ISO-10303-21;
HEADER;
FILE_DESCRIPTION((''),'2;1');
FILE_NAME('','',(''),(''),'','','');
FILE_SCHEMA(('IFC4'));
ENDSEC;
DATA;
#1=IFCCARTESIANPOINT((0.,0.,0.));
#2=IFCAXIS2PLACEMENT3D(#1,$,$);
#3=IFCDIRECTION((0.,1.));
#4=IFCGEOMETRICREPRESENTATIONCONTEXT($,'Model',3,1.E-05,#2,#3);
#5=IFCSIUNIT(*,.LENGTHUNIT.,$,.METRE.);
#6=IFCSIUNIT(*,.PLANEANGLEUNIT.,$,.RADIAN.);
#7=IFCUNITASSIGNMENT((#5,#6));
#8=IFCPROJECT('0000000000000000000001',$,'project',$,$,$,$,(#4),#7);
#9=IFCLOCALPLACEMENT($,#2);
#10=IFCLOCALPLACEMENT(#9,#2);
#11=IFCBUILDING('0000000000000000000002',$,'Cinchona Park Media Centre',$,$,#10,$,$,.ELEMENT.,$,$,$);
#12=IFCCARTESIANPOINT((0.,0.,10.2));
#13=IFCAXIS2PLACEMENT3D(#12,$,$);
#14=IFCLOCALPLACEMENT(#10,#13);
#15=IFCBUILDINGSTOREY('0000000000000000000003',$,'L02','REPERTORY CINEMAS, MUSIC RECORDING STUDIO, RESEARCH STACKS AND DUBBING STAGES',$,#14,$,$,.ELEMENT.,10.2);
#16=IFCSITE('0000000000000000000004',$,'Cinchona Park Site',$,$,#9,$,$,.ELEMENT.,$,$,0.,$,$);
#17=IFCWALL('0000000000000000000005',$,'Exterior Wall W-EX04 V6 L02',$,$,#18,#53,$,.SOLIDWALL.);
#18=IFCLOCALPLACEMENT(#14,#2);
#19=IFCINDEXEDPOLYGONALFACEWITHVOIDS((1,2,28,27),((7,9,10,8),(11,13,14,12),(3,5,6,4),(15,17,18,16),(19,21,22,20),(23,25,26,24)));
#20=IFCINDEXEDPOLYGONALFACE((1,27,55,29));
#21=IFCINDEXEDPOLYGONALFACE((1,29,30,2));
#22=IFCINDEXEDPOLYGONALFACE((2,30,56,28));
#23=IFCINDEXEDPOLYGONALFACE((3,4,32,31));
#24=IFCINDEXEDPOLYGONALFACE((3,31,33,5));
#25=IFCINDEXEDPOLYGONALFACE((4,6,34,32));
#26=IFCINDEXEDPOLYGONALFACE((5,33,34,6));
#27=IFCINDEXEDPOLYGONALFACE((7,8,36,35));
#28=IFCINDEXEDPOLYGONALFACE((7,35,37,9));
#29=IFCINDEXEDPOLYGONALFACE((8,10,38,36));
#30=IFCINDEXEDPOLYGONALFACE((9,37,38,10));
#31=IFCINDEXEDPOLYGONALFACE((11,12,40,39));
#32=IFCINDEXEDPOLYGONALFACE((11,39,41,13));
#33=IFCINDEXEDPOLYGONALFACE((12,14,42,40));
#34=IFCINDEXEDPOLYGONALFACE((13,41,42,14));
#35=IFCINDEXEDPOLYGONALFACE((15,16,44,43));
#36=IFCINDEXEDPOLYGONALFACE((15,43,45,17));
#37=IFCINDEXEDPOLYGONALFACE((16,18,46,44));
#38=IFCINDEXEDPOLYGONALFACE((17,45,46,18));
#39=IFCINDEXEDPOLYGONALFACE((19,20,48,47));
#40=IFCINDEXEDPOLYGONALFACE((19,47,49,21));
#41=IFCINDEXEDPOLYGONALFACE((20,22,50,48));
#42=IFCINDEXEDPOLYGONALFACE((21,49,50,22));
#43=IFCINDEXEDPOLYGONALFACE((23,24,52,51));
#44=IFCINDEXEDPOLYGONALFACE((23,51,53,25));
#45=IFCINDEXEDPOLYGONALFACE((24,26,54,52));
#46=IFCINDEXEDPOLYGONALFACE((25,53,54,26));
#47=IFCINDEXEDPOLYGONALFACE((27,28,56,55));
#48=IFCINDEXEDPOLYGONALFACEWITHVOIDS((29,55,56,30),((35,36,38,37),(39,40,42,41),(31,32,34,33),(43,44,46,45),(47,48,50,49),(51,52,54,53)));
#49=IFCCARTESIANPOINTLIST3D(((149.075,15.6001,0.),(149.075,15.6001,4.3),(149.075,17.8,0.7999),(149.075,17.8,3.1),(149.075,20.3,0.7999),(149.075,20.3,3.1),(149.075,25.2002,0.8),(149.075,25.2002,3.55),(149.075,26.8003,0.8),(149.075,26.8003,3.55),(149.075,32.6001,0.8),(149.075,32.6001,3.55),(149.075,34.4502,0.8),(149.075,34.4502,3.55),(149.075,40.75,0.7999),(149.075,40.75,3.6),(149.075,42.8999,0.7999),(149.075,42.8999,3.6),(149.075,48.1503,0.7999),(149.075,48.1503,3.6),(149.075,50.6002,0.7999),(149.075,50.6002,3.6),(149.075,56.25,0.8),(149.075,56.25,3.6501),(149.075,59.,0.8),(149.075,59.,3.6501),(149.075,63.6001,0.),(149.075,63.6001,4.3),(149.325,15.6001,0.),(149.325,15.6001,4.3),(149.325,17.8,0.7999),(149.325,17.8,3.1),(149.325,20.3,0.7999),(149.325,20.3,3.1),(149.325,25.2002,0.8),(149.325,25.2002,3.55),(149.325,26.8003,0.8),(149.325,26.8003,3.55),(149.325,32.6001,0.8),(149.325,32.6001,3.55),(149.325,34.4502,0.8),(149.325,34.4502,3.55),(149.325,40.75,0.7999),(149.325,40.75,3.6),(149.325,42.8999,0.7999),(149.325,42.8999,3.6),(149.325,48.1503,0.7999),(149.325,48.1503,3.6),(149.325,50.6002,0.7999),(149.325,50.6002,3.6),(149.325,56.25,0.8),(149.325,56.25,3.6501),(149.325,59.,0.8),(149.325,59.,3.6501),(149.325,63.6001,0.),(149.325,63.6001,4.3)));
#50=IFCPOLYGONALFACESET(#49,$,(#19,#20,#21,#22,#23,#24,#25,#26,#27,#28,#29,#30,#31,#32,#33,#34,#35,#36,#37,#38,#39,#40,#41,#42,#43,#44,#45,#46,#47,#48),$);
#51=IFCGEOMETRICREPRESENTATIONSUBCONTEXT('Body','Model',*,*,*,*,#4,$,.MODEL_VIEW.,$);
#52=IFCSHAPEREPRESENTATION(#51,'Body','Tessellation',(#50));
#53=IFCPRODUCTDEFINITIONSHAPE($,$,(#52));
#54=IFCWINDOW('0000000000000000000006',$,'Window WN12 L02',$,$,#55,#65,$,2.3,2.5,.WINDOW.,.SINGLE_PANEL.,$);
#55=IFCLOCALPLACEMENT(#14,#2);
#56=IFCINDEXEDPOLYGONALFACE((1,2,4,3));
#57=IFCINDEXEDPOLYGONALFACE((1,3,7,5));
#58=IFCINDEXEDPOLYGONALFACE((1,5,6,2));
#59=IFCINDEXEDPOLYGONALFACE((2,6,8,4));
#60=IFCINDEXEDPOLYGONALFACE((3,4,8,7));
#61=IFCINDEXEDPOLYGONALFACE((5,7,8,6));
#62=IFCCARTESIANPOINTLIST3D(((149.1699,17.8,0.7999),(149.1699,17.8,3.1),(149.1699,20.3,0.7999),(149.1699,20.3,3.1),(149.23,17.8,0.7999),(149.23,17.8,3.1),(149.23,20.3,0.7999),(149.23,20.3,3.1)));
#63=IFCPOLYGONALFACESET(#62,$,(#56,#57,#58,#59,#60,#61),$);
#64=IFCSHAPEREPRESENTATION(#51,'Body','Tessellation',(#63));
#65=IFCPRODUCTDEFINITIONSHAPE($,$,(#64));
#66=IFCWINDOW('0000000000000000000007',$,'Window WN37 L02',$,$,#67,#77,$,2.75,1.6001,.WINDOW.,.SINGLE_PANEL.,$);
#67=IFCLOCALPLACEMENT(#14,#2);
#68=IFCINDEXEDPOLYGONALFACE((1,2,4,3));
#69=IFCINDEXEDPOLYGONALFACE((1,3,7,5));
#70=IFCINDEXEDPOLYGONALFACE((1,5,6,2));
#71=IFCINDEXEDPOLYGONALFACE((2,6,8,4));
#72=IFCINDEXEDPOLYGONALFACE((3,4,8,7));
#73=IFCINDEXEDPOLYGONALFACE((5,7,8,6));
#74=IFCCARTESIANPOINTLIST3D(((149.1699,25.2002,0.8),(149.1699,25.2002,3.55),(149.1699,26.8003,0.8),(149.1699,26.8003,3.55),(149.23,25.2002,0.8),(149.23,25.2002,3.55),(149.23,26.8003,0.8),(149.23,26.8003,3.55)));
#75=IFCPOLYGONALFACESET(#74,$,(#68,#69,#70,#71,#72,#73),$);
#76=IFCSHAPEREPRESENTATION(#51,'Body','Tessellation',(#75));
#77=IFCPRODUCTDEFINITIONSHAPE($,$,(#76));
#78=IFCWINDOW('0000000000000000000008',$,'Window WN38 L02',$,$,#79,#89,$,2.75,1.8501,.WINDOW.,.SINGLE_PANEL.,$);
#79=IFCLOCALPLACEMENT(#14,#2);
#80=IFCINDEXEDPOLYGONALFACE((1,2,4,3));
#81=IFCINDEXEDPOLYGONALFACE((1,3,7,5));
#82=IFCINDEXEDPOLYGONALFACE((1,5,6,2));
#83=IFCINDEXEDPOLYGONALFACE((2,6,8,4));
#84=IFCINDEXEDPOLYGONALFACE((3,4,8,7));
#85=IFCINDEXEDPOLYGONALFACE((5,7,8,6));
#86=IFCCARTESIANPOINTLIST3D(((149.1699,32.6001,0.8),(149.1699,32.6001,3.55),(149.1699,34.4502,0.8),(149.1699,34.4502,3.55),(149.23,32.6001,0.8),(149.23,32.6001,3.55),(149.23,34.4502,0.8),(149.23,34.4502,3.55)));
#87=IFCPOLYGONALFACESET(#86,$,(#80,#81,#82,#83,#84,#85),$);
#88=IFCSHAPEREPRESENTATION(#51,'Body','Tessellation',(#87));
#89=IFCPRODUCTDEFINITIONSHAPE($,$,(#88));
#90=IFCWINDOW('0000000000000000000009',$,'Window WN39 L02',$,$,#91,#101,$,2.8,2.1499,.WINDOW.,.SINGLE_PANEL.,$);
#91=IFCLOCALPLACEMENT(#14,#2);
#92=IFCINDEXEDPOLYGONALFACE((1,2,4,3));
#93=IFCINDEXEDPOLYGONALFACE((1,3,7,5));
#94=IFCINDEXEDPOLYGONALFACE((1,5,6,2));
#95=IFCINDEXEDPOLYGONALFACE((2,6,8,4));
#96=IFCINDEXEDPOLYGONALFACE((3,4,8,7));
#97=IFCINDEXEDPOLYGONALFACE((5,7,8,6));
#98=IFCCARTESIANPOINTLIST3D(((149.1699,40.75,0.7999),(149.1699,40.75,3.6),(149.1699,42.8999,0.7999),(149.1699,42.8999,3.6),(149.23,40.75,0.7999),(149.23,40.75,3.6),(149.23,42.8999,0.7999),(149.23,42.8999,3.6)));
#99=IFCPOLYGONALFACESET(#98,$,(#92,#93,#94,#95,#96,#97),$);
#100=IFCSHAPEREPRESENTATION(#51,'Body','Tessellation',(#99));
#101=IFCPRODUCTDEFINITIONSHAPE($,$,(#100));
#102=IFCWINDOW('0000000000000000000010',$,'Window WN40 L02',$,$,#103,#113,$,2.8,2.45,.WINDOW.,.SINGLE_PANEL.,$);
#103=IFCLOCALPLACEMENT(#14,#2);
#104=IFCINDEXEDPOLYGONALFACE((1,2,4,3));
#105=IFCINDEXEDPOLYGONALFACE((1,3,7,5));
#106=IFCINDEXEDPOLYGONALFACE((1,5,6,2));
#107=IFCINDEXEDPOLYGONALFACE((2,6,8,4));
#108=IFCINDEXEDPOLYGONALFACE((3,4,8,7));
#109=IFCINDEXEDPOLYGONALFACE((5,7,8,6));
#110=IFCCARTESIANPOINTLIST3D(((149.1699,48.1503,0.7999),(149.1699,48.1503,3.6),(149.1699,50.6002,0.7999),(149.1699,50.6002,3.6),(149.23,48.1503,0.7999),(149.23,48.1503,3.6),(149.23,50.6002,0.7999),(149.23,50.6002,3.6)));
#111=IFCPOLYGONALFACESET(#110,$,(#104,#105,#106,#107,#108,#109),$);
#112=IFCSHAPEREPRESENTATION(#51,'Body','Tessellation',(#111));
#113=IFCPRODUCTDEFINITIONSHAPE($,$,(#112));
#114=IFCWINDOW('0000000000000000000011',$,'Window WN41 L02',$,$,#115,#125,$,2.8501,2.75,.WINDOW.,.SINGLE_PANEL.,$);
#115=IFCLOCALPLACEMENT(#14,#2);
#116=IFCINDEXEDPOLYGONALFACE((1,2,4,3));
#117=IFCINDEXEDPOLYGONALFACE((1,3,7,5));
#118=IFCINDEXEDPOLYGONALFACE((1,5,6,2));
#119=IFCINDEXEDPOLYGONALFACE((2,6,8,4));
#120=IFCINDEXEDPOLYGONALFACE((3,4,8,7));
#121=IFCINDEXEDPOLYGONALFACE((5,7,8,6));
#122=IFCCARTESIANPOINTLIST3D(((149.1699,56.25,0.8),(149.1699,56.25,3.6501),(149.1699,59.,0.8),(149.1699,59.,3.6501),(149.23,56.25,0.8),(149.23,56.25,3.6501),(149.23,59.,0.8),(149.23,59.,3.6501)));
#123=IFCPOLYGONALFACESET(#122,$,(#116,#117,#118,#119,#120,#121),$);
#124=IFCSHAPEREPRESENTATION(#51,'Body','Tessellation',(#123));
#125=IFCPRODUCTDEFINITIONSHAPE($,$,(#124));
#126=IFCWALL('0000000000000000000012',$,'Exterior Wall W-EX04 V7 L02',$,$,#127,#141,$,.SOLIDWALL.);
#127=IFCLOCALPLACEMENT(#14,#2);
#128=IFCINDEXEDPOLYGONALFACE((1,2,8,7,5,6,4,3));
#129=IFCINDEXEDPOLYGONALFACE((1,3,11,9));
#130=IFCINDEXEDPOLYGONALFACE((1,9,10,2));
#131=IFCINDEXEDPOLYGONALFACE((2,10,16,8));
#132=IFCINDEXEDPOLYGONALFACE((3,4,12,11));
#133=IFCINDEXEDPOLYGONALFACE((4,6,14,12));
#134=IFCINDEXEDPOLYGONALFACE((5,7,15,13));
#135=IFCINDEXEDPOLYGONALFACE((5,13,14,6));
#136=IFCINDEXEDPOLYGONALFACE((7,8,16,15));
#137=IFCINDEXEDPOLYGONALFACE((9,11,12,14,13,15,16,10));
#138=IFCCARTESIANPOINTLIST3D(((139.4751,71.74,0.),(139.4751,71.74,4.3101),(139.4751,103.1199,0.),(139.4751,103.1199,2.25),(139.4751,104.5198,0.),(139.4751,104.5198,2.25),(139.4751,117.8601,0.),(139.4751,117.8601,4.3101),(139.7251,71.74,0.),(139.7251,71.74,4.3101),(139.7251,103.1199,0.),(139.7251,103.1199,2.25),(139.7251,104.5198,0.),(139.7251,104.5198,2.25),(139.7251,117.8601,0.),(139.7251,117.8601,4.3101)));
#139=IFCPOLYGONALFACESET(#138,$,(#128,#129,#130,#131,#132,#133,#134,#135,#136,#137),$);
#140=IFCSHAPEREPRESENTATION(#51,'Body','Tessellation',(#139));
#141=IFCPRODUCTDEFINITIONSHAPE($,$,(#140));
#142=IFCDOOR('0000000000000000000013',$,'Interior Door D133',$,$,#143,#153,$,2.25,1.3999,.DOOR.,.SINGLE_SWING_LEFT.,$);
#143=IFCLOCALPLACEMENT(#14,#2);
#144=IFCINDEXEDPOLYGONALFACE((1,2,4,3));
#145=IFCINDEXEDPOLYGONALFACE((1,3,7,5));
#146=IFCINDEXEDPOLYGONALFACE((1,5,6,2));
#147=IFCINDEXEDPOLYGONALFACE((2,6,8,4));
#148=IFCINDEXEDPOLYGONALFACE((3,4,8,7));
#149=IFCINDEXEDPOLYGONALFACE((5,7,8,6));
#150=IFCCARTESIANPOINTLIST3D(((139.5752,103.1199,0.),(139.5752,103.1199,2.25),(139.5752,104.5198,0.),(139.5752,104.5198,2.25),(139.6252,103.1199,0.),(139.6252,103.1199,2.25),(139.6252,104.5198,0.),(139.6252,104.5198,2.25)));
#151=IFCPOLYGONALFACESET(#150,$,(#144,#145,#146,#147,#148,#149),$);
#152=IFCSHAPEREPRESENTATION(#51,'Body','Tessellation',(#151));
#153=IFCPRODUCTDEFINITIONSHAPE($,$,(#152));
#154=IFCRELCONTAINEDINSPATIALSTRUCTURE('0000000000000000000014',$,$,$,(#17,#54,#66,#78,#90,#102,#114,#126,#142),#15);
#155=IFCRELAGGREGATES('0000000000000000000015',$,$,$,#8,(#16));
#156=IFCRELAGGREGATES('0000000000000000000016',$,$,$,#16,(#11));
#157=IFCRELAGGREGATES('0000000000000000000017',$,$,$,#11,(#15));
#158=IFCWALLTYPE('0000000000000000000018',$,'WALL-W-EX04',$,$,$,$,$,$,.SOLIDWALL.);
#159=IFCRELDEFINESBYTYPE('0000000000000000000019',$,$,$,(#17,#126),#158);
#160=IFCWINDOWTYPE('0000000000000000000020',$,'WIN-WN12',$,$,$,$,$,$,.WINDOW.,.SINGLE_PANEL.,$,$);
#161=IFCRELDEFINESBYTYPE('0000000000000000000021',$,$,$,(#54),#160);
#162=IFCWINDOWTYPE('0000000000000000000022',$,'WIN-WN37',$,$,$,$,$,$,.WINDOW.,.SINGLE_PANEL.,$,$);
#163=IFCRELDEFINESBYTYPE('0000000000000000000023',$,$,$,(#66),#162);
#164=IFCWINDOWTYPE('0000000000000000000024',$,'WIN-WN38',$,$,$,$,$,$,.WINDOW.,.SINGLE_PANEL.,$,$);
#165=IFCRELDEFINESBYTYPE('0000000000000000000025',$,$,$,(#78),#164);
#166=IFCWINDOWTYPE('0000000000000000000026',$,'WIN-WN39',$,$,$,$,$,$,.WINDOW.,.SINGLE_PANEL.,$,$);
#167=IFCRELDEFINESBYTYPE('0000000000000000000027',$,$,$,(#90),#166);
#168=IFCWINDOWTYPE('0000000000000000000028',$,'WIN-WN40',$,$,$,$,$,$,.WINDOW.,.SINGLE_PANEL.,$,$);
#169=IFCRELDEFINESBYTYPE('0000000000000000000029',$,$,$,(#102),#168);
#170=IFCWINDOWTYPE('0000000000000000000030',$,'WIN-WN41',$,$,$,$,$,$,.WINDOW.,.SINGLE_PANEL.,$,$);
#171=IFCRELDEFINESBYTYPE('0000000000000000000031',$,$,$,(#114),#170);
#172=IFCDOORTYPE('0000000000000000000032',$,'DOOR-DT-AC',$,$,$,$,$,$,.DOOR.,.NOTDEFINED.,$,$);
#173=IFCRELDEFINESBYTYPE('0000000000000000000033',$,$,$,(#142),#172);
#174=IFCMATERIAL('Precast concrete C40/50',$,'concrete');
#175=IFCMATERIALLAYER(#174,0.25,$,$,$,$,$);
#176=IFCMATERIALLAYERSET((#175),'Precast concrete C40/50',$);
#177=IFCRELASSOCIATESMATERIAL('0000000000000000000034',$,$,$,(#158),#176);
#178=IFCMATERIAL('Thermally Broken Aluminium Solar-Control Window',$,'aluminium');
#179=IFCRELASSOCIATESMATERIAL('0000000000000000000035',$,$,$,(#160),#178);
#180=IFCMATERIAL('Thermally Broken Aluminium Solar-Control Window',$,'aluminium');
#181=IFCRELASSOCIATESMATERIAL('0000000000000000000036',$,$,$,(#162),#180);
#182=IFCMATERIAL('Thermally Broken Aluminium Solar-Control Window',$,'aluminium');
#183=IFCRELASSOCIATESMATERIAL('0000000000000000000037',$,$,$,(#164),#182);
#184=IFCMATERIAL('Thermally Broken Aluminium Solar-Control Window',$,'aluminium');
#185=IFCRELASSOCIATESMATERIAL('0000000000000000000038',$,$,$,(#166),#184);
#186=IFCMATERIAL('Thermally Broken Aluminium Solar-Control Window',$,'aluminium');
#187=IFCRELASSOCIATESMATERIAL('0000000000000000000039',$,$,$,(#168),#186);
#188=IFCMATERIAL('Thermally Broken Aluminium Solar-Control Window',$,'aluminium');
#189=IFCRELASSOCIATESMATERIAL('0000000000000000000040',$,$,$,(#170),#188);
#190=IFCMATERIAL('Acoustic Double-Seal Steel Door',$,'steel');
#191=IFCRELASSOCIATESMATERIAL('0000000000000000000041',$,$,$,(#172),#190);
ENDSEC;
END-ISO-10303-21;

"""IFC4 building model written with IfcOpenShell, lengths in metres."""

from ifc_helpers import new_model, si_unit, direction, frame, frame_2d, origin, place, context, subcontext, project, spatial, rectangle, extrude, material, layer, layer_set, type_object, element, fill, save


model = new_model("IFC4")

# Units and contexts
model_context = context("Model", 3, precision=1e-05, world=origin(), true_north=direction((0.0, 1.0)))
body_context = subcontext(model_context, "Body", "Model", "MODEL_VIEW")
ifc_project = project(units=[si_unit("LENGTHUNIT", "METRE"), si_unit("PLANEANGLEUNIT", "RADIAN")], contexts=[model_context])

# Site, building, storey
site_placement = place(None, origin())
site = spatial("IfcSite", under=ifc_project, at=site_placement, Name="Cinchona Park Site", CompositionType="ELEMENT", RefElevation=0.0)
building_placement = place(site_placement, origin())
building = spatial("IfcBuilding", under=site, at=building_placement, Name="Cinchona Park Media Centre", CompositionType="ELEMENT")
storey_placement = place(building_placement, frame((0.0, 0.0, 10.2)))
storey = spatial("IfcBuildingStorey", under=building, at=storey_placement, Name="L02", Description="REPERTORY CINEMAS, MUSIC RECORDING STUDIO, RESEARCH STACKS AND DUBBING STAGES", CompositionType="ELEMENT", Elevation=10.2)

# Wall, openings, windows
ifc_material_1 = material(Name="Precast concrete C40/50", Category="concrete")
ifc_layer_1 = layer(ifc_material_1, 0.25)
ifc_layer_set_1 = layer_set([ifc_layer_1], Name="Precast concrete C40/50")
wall_type = type_object("IfcWallType", Name="WALL-W-EX04", PredefinedType="SOLIDWALL", material=ifc_layer_set_1)
wall_1_placement = place(storey_placement, frame((149.2, 15.6001, 0.0), z_axis=(0.0, 0.0, 1.0), x_axis=(0.0, 1.0, 0.0)))
wall_1 = element("IfcWall", 1, at=wall_1_placement, inside=storey, type_object=wall_type, Name="Exterior Wall W-EX04 V6 L02", PredefinedType="SOLIDWALL", context=body_context, shape_type="SweptSolid", body=[
    extrude(rectangle(XDim=48.0, YDim=0.25, at=frame_2d((24.0, 0.0))), origin(), (0.0, 0.0, 1.0), 4.3),
])
opening_1_placement = place(wall_1_placement, frame((2.2, 0.0, 0.8)))
opening_1 = element("IfcOpeningElement", 2, at=opening_1_placement, cuts=wall_1, PredefinedType="OPENING", context=body_context, shape_type="SweptSolid", body=[
    extrude(rectangle(XDim=2.5, YDim=2.3, at=frame_2d((1.25, 1.1499))), frame((0.0, 0.135, 0.0), z_axis=(0.0, -1.0, 0.0), x_axis=(1.0, 0.0, 0.0)), (0.0, 0.0, 1.0), 0.27),
])
opening_2_placement = place(wall_1_placement, frame((9.6001, 0.0, 0.8)))
opening_2 = element("IfcOpeningElement", 3, at=opening_2_placement, cuts=wall_1, PredefinedType="OPENING", context=body_context, shape_type="SweptSolid", body=[
    extrude(rectangle(XDim=1.6001, YDim=2.75, at=frame_2d((0.8, 1.375))), frame((0.0, 0.135, 0.0), z_axis=(0.0, -1.0, 0.0), x_axis=(1.0, 0.0, 0.0)), (0.0, 0.0, 1.0), 0.27),
])
opening_3_placement = place(wall_1_placement, frame((17.0, 0.0, 0.8)))
opening_3 = element("IfcOpeningElement", 4, at=opening_3_placement, cuts=wall_1, PredefinedType="OPENING", context=body_context, shape_type="SweptSolid", body=[
    extrude(rectangle(XDim=1.8501, YDim=2.75, at=frame_2d((0.925, 1.375))), frame((0.0, 0.135, 0.0), z_axis=(0.0, -1.0, 0.0), x_axis=(1.0, 0.0, 0.0)), (0.0, 0.0, 1.0), 0.27),
])
opening_4_placement = place(wall_1_placement, frame((25.1499, 0.0, 0.8)))
opening_4 = element("IfcOpeningElement", 5, at=opening_4_placement, cuts=wall_1, PredefinedType="OPENING", context=body_context, shape_type="SweptSolid", body=[
    extrude(rectangle(XDim=2.1499, YDim=2.8, at=frame_2d((1.075, 1.3999))), frame((0.0, 0.135, 0.0), z_axis=(0.0, -1.0, 0.0), x_axis=(1.0, 0.0, 0.0)), (0.0, 0.0, 1.0), 0.27),
])
opening_5_placement = place(wall_1_placement, frame((32.55, 0.0, 0.8)))
opening_5 = element("IfcOpeningElement", 6, at=opening_5_placement, cuts=wall_1, PredefinedType="OPENING", context=body_context, shape_type="SweptSolid", body=[
    extrude(rectangle(XDim=2.45, YDim=2.8, at=frame_2d((1.2251, 1.3999))), frame((0.0, 0.135, 0.0), z_axis=(0.0, -1.0, 0.0), x_axis=(1.0, 0.0, 0.0)), (0.0, 0.0, 1.0), 0.27),
])
opening_6_placement = place(wall_1_placement, frame((40.6499, 0.0, 0.8)))
opening_6 = element("IfcOpeningElement", 7, at=opening_6_placement, cuts=wall_1, PredefinedType="OPENING", context=body_context, shape_type="SweptSolid", body=[
    extrude(rectangle(XDim=2.75, YDim=2.8501, at=frame_2d((1.375, 1.425))), frame((0.0, 0.135, 0.0), z_axis=(0.0, -1.0, 0.0), x_axis=(1.0, 0.0, 0.0)), (0.0, 0.0, 1.0), 0.27),
])
ifc_material_2 = material(Name="Thermally Broken Aluminium Solar-Control Window", Category="aluminium")
window_type_1 = type_object("IfcWindowType", Name="WIN-WN12", PartitioningType="SINGLE_PANEL", PredefinedType="WINDOW", material=ifc_material_2)
window_1_placement = place(opening_1_placement, origin())
window_1 = element("IfcWindow", 8, at=window_1_placement, inside=storey, type_object=window_type_1, Name="Window WN12 L02", OverallHeight=2.3, OverallWidth=2.5, PartitioningType="SINGLE_PANEL", PredefinedType="WINDOW", context=body_context, shape_type="SweptSolid", body=[
    extrude(rectangle(XDim=2.5, YDim=2.3, at=frame_2d((1.25, 1.1499))), frame((0.0, 0.03, 0.0), z_axis=(0.0, -1.0, 0.0), x_axis=(1.0, 0.0, 0.0)), (0.0, 0.0, 1.0), 0.0601),
])
fill(opening_1, window_1)
ifc_material_3 = material(Name="Thermally Broken Aluminium Solar-Control Window", Category="aluminium")
window_type_2 = type_object("IfcWindowType", Name="WIN-WN37", PartitioningType="SINGLE_PANEL", PredefinedType="WINDOW", material=ifc_material_3)
window_2_placement = place(opening_2_placement, origin())
window_2 = element("IfcWindow", 9, at=window_2_placement, inside=storey, type_object=window_type_2, Name="Window WN37 L02", OverallHeight=2.75, OverallWidth=1.6001, PartitioningType="SINGLE_PANEL", PredefinedType="WINDOW", context=body_context, shape_type="SweptSolid", body=[
    extrude(rectangle(XDim=1.6001, YDim=2.75, at=frame_2d((0.8, 1.375))), frame((0.0, 0.03, 0.0), z_axis=(0.0, -1.0, 0.0), x_axis=(1.0, 0.0, 0.0)), (0.0, 0.0, 1.0), 0.0601),
])
fill(opening_2, window_2)
ifc_material_4 = material(Name="Thermally Broken Aluminium Solar-Control Window", Category="aluminium")
window_type_3 = type_object("IfcWindowType", Name="WIN-WN38", PartitioningType="SINGLE_PANEL", PredefinedType="WINDOW", material=ifc_material_4)
window_3_placement = place(opening_3_placement, origin())
window_3 = element("IfcWindow", 10, at=window_3_placement, inside=storey, type_object=window_type_3, Name="Window WN38 L02", OverallHeight=2.75, OverallWidth=1.8501, PartitioningType="SINGLE_PANEL", PredefinedType="WINDOW", context=body_context, shape_type="SweptSolid", body=[
    extrude(rectangle(XDim=1.8501, YDim=2.75, at=frame_2d((0.925, 1.375))), frame((0.0, 0.03, 0.0), z_axis=(0.0, -1.0, 0.0), x_axis=(1.0, 0.0, 0.0)), (0.0, 0.0, 1.0), 0.0601),
])
fill(opening_3, window_3)
ifc_material_5 = material(Name="Thermally Broken Aluminium Solar-Control Window", Category="aluminium")
window_type_4 = type_object("IfcWindowType", Name="WIN-WN39", PartitioningType="SINGLE_PANEL", PredefinedType="WINDOW", material=ifc_material_5)
window_4_placement = place(opening_4_placement, origin())
window_4 = element("IfcWindow", 11, at=window_4_placement, inside=storey, type_object=window_type_4, Name="Window WN39 L02", OverallHeight=2.8, OverallWidth=2.1499, PartitioningType="SINGLE_PANEL", PredefinedType="WINDOW", context=body_context, shape_type="SweptSolid", body=[
    extrude(rectangle(XDim=2.1499, YDim=2.8, at=frame_2d((1.075, 1.3999))), frame((0.0, 0.03, 0.0), z_axis=(0.0, -1.0, 0.0), x_axis=(1.0, 0.0, 0.0)), (0.0, 0.0, 1.0), 0.0601),
])
fill(opening_4, window_4)
ifc_material_6 = material(Name="Thermally Broken Aluminium Solar-Control Window", Category="aluminium")
window_type_5 = type_object("IfcWindowType", Name="WIN-WN40", PartitioningType="SINGLE_PANEL", PredefinedType="WINDOW", material=ifc_material_6)
window_5_placement = place(opening_5_placement, origin())
window_5 = element("IfcWindow", 12, at=window_5_placement, inside=storey, type_object=window_type_5, Name="Window WN40 L02", OverallHeight=2.8, OverallWidth=2.45, PartitioningType="SINGLE_PANEL", PredefinedType="WINDOW", context=body_context, shape_type="SweptSolid", body=[
    extrude(rectangle(XDim=2.45, YDim=2.8, at=frame_2d((1.2251, 1.3999))), frame((0.0, 0.03, 0.0), z_axis=(0.0, -1.0, 0.0), x_axis=(1.0, 0.0, 0.0)), (0.0, 0.0, 1.0), 0.0601),
])
fill(opening_5, window_5)
ifc_material_7 = material(Name="Thermally Broken Aluminium Solar-Control Window", Category="aluminium")
window_type_6 = type_object("IfcWindowType", Name="WIN-WN41", PartitioningType="SINGLE_PANEL", PredefinedType="WINDOW", material=ifc_material_7)
window_6_placement = place(opening_6_placement, origin())
window_6 = element("IfcWindow", 13, at=window_6_placement, inside=storey, type_object=window_type_6, Name="Window WN41 L02", OverallHeight=2.8501, OverallWidth=2.75, PartitioningType="SINGLE_PANEL", PredefinedType="WINDOW", context=body_context, shape_type="SweptSolid", body=[
    extrude(rectangle(XDim=2.75, YDim=2.8501, at=frame_2d((1.375, 1.425))), frame((0.0, 0.03, 0.0), z_axis=(0.0, -1.0, 0.0), x_axis=(1.0, 0.0, 0.0)), (0.0, 0.0, 1.0), 0.0601),
])
fill(opening_6, window_6)

# Wall, opening, door
wall_2_placement = place(storey_placement, frame((139.6001, 71.74, 0.0), z_axis=(0.0, 0.0, 1.0), x_axis=(0.0, 1.0, 0.0)))
wall_2 = element("IfcWall", 14, at=wall_2_placement, inside=storey, type_object=wall_type, Name="Exterior Wall W-EX04 V7 L02", PredefinedType="SOLIDWALL", context=body_context, shape_type="SweptSolid", body=[
    extrude(rectangle(XDim=46.1201, YDim=0.25, at=frame_2d((23.0601, 0.0))), origin(), (0.0, 0.0, 1.0), 4.3101),
])
opening_7_placement = place(wall_2_placement, frame((31.3799, 0.0, 0.0)))
opening_7 = element("IfcOpeningElement", 15, at=opening_7_placement, cuts=wall_2, PredefinedType="OPENING", context=body_context, shape_type="SweptSolid", body=[
    extrude(rectangle(XDim=1.3999, YDim=2.25, at=frame_2d((0.7, 1.125))), frame((0.0, 0.135, 0.0), z_axis=(0.0, -1.0, 0.0), x_axis=(1.0, 0.0, 0.0)), (0.0, 0.0, 1.0), 0.27),
])
ifc_material_8 = material(Name="Acoustic Double-Seal Steel Door", Category="steel")
door_type = type_object("IfcDoorType", Name="DOOR-DT-AC", OperationType="NOTDEFINED", PredefinedType="DOOR", material=ifc_material_8)
door_placement = place(opening_7_placement, origin())
door = element("IfcDoor", 16, at=door_placement, inside=storey, type_object=door_type, Name="Interior Door D133", OperationType="SINGLE_SWING_LEFT", OverallHeight=2.25, OverallWidth=1.3999, PredefinedType="DOOR", context=body_context, shape_type="SweptSolid", body=[
    extrude(rectangle(XDim=1.3999, YDim=2.25, at=frame_2d((0.7, 1.125))), frame((0.0, 0.0249, 0.0), z_axis=(0.0, -1.0, 0.0), x_axis=(1.0, 0.0, 0.0)), (0.0, 0.0, 1.0), 0.05),
])
fill(opening_7, door)

save(model, "model.ifc")
